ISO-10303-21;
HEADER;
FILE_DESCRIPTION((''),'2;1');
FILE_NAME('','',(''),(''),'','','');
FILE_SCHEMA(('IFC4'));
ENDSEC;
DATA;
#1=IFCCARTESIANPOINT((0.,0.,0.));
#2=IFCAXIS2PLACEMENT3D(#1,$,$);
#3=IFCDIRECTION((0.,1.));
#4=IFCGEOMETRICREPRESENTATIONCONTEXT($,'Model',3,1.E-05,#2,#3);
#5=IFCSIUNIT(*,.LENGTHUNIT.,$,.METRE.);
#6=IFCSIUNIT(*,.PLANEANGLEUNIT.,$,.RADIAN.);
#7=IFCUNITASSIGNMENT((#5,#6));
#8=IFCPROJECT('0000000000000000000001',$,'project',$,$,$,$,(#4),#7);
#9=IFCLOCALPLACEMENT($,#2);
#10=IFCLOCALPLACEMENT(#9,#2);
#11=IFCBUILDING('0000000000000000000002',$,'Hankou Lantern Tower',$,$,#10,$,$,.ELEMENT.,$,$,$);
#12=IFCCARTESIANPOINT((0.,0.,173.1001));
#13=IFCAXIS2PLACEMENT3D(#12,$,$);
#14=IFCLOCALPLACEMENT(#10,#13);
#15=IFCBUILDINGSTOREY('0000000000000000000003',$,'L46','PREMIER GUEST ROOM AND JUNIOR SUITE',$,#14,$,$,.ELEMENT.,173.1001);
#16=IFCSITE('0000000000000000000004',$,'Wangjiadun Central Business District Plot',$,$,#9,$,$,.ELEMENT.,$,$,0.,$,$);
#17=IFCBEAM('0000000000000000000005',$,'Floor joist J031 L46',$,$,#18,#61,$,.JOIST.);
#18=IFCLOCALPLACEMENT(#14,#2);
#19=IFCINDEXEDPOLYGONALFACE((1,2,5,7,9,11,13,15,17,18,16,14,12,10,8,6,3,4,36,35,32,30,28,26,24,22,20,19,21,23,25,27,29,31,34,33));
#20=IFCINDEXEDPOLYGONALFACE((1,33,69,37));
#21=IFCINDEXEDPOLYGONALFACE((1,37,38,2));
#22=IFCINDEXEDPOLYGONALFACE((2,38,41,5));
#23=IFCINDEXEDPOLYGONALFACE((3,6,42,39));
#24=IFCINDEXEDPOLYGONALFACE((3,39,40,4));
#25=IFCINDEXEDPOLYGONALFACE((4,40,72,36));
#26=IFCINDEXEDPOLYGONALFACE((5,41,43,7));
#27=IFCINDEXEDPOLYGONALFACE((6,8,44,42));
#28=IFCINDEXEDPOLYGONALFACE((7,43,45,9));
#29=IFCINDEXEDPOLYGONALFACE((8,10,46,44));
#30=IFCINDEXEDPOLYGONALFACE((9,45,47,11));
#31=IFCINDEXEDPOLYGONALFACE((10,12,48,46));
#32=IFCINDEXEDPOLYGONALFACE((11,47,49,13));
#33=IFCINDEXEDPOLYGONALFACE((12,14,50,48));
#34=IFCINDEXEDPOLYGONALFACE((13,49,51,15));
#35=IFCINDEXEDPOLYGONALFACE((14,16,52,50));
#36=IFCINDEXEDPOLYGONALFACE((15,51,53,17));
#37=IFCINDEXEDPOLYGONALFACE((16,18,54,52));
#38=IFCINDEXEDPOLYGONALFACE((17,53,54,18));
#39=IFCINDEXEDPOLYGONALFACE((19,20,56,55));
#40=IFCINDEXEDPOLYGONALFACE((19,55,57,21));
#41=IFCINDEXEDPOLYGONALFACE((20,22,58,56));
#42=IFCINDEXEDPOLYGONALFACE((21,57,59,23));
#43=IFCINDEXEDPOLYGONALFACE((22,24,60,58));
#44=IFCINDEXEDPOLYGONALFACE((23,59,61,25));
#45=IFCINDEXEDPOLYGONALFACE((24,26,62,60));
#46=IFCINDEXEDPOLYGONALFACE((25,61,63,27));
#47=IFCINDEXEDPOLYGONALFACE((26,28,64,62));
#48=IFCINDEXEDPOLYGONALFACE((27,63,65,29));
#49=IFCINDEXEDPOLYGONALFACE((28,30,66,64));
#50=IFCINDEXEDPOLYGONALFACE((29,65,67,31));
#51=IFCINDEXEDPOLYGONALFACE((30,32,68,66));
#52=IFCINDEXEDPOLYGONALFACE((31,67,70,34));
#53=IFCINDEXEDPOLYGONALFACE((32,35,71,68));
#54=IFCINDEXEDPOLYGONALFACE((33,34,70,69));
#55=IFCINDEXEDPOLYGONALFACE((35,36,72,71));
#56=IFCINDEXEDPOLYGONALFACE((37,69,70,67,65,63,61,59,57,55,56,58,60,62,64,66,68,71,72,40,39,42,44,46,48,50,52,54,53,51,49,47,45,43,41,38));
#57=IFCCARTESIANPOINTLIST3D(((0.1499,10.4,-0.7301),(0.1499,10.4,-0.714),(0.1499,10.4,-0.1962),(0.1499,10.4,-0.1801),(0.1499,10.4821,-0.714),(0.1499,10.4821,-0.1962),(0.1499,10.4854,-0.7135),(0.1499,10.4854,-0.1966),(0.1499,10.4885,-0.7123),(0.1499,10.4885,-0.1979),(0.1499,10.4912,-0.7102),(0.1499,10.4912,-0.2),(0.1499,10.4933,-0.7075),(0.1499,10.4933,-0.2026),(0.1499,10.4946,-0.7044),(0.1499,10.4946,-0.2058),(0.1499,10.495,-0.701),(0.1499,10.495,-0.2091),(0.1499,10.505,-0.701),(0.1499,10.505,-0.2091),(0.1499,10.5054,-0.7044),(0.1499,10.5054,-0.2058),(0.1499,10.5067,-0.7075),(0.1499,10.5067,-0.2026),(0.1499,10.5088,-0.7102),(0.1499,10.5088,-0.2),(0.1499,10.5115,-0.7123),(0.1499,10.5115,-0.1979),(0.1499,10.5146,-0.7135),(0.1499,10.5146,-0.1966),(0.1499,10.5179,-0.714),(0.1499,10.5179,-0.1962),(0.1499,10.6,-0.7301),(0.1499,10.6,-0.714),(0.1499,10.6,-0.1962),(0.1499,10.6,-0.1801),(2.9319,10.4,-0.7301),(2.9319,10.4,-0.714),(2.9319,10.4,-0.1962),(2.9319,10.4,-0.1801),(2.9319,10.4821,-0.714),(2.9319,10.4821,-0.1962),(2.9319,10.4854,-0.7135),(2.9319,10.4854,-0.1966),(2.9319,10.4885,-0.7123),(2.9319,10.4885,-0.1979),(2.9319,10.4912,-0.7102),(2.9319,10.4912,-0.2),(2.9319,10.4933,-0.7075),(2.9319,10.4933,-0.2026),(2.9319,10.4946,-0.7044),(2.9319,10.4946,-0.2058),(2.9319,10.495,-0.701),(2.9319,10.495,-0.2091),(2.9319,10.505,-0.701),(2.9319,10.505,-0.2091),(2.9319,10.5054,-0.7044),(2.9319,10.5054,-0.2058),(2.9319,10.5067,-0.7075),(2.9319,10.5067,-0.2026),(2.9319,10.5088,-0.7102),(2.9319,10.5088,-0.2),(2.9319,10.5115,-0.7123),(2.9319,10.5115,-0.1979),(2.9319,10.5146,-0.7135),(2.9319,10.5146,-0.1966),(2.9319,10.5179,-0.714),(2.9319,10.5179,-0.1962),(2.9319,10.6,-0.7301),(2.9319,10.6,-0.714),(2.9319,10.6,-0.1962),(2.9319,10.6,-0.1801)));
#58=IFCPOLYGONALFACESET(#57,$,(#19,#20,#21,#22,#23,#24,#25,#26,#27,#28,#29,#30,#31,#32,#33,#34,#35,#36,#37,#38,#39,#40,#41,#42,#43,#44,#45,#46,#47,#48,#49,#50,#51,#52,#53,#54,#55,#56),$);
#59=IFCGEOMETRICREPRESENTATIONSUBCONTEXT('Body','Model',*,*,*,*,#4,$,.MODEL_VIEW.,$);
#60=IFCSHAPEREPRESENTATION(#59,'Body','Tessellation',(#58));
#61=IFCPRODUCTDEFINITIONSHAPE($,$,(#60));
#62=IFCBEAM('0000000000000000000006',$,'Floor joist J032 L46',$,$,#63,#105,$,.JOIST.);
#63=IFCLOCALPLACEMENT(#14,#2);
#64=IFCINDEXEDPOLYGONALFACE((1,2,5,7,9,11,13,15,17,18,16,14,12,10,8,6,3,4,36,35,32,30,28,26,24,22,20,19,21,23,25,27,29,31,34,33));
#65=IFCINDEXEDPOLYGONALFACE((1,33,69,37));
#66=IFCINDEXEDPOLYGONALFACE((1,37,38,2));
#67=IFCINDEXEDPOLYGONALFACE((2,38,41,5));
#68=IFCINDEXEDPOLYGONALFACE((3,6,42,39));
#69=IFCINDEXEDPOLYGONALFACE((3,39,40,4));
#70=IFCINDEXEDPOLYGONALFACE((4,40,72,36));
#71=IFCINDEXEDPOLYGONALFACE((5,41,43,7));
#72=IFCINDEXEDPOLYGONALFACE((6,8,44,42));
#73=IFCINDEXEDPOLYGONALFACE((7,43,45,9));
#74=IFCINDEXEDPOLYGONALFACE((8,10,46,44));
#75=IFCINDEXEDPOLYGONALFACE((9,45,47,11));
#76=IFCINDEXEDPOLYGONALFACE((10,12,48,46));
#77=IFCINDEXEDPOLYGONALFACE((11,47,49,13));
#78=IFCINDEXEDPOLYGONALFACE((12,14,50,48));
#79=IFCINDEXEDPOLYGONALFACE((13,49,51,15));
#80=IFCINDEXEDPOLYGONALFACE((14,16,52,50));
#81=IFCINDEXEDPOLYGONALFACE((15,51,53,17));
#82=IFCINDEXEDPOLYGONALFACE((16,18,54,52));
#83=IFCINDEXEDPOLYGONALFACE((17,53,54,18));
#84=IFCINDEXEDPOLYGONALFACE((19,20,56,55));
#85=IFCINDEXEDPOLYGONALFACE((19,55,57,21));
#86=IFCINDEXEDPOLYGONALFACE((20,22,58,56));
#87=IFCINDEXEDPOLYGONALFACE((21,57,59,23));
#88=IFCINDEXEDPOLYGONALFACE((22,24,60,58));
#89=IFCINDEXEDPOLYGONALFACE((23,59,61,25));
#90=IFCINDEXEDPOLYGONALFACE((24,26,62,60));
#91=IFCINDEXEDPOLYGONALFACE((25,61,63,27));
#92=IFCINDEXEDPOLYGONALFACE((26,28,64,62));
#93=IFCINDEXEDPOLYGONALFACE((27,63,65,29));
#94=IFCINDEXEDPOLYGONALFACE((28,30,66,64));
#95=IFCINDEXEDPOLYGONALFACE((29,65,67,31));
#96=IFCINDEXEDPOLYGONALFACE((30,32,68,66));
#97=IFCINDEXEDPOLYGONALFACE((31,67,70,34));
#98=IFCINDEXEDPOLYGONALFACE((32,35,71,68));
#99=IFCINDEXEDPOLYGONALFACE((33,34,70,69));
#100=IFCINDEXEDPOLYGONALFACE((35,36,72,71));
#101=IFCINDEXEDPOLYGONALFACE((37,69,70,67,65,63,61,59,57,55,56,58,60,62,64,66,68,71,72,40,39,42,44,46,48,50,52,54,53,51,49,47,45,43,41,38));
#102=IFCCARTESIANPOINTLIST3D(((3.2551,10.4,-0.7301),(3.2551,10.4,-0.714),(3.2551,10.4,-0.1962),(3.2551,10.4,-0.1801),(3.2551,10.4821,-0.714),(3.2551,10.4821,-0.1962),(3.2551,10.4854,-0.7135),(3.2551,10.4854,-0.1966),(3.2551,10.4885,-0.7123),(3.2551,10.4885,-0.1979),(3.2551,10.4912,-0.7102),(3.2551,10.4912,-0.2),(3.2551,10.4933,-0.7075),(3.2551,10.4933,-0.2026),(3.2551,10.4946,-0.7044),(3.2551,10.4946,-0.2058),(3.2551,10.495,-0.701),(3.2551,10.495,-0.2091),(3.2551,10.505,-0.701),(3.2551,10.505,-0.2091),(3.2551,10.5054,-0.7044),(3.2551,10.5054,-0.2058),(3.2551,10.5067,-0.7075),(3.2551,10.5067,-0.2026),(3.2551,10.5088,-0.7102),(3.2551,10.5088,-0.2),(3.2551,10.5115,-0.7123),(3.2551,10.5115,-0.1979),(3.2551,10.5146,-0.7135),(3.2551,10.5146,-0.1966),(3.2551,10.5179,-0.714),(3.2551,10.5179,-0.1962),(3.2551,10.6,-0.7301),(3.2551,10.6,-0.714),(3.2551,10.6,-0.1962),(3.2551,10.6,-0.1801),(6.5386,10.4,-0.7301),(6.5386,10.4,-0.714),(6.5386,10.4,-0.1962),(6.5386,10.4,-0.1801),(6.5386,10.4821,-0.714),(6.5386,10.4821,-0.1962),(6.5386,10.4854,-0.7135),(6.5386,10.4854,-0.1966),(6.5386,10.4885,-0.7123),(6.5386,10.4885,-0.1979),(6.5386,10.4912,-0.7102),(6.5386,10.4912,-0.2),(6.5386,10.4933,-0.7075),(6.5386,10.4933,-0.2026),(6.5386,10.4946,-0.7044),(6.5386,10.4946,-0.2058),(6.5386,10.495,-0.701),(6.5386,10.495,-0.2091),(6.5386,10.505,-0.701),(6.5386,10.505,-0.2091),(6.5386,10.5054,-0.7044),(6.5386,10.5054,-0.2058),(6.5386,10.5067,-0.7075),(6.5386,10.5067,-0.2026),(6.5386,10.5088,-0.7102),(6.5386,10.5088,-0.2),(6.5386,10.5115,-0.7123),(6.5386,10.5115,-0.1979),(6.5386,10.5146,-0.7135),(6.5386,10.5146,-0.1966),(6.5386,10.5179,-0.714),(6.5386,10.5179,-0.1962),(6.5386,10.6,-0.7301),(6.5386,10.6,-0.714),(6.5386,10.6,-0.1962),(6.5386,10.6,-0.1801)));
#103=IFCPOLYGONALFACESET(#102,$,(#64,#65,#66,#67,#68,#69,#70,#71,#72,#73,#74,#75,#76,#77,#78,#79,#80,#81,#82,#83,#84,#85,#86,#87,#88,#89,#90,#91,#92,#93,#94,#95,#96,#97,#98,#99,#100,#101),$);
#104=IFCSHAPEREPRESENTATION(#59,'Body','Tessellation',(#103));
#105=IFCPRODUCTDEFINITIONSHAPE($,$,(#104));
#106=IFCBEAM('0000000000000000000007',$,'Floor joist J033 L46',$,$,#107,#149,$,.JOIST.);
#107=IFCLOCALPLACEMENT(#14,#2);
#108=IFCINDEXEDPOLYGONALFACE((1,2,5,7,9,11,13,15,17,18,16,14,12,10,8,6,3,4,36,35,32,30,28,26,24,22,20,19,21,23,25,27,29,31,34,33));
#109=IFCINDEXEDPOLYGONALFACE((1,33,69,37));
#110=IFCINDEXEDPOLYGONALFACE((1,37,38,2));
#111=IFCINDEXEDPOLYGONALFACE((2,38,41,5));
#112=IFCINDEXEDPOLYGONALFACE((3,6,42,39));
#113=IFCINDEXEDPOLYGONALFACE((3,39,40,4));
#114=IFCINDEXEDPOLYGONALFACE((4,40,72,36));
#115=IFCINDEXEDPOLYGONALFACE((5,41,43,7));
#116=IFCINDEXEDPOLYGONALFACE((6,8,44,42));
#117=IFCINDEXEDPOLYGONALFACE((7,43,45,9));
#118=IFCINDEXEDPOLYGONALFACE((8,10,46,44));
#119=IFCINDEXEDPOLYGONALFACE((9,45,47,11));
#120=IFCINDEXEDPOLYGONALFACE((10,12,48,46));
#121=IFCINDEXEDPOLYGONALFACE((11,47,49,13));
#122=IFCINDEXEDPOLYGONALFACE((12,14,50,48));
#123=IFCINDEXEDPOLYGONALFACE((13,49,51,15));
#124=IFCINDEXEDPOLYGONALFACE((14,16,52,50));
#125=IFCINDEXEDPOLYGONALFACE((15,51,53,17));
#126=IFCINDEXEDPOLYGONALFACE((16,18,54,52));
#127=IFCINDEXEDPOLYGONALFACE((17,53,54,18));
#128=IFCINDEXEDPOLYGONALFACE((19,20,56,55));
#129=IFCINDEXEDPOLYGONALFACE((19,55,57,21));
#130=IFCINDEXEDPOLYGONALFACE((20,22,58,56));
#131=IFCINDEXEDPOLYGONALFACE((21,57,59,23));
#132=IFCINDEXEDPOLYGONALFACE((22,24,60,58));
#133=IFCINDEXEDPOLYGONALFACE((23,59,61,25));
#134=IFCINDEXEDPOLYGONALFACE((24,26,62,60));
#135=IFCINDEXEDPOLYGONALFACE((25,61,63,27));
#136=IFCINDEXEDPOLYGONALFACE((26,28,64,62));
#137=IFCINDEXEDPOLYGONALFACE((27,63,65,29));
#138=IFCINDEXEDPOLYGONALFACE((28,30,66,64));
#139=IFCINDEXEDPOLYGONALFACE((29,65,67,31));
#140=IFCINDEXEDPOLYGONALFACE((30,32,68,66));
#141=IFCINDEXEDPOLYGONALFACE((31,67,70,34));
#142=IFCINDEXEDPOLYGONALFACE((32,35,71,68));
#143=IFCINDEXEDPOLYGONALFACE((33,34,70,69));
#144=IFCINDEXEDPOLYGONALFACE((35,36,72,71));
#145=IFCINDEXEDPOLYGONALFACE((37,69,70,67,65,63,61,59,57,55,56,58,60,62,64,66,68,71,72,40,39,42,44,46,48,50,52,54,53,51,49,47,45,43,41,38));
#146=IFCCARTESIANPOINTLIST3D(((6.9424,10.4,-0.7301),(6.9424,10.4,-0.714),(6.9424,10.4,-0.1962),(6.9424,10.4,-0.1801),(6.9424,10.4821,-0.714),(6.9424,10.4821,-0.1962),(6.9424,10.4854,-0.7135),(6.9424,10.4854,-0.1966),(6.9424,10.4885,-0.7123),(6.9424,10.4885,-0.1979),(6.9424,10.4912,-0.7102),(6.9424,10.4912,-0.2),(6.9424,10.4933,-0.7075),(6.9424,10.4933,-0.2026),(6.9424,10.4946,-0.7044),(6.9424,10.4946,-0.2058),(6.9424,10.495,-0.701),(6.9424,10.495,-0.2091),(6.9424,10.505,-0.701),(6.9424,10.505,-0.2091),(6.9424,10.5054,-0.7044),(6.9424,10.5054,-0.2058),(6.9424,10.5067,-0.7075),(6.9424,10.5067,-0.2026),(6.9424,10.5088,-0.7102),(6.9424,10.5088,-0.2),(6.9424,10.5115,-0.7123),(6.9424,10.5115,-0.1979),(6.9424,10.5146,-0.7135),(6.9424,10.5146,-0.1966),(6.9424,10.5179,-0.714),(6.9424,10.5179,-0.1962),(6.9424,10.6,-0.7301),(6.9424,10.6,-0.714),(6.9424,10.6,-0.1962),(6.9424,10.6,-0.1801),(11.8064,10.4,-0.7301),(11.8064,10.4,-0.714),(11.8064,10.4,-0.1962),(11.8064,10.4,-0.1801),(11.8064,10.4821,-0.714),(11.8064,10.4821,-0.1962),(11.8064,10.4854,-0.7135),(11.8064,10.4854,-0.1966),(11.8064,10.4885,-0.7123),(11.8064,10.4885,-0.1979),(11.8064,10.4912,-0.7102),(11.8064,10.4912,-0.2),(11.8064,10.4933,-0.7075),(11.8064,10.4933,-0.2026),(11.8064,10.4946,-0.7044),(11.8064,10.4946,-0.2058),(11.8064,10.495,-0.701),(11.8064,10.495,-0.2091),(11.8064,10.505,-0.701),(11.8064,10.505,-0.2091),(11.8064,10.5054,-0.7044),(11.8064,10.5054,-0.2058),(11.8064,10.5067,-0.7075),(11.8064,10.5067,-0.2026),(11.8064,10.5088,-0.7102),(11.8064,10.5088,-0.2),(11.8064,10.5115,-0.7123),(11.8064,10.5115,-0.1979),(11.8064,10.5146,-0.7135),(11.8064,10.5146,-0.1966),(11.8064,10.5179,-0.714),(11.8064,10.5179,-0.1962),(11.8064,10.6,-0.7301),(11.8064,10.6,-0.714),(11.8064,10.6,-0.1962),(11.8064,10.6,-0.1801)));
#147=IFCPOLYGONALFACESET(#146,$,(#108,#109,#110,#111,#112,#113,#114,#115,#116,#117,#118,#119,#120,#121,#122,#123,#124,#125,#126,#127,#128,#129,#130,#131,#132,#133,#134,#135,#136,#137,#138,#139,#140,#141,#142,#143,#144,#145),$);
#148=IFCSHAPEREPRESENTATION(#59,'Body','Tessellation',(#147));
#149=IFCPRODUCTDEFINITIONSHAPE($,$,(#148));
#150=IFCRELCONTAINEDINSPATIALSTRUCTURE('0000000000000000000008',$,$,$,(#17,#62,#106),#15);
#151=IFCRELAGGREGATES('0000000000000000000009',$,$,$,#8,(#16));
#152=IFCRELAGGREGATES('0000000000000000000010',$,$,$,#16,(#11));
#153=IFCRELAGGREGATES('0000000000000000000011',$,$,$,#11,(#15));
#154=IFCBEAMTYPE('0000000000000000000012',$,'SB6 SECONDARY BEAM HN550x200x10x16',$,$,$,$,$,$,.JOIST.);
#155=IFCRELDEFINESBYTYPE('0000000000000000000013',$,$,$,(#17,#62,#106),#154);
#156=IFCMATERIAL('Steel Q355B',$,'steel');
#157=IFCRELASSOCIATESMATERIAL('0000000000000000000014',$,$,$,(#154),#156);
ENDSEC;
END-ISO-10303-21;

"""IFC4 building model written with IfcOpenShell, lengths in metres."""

from ifc_helpers import new_model, si_unit, direction, frame, origin, origin_2d, place, context, subcontext, project, spatial, i_section, extrude, material, material_profile, profile_set, type_object, element, save


model = new_model("IFC4")

# Units and contexts
model_context = context("Model", 3, precision=1e-05, world=origin(), true_north=direction((0.0, 1.0)))
body_context = subcontext(model_context, "Body", "Model", "MODEL_VIEW")
ifc_project = project(units=[si_unit("LENGTHUNIT", "METRE"), si_unit("PLANEANGLEUNIT", "RADIAN")], contexts=[model_context])

# Site, building, storey
site_placement = place(None, origin())
site = spatial("IfcSite", under=ifc_project, at=site_placement, Name="Wangjiadun Central Business District Plot", CompositionType="ELEMENT", RefElevation=0.0)
building_placement = place(site_placement, origin())
building = spatial("IfcBuilding", under=site, at=building_placement, Name="Hankou Lantern Tower", CompositionType="ELEMENT")
storey_placement = place(building_placement, frame((0.0, 0.0, 173.1001)))
storey = spatial("IfcBuildingStorey", under=building, at=storey_placement, Name="L46", Description="PREMIER GUEST ROOM AND JUNIOR SUITE", CompositionType="ELEMENT", Elevation=173.1001)

# Beams
ifc_material_1 = material(Name="Steel Q355B", Category="steel")
ifc_material_profile_1 = material_profile(ifc_material_1, i_section(OverallWidth=0.2, OverallDepth=0.55, WebThickness=0.01, FlangeThickness=0.0161, FilletRadius=0.0129, at=origin_2d()), Name="HN550x200x10x16")
ifc_profile_set_1 = profile_set([ifc_material_profile_1], Name="Steel Q355B")
beam_type_1 = type_object("IfcBeamType", Name="SB6 SECONDARY BEAM HN550x200x10x16", PredefinedType="JOIST", material=ifc_profile_set_1)
beam_1_placement = place(storey_placement, frame((0.1499, 10.5, -0.4551), z_axis=(1.0, 0.0, 0.0), x_axis=(0.0, 1.0, 0.0)))
element("IfcBeam", 1, at=beam_1_placement, inside=storey, type_object=beam_type_1, Name="Floor joist J031 L46", PredefinedType="JOIST", context=body_context, shape_type="SweptSolid", body=[
    extrude(i_section(OverallWidth=0.2, OverallDepth=0.55, WebThickness=0.01, FlangeThickness=0.0161, FilletRadius=0.0129, at=origin_2d()), origin(), (0.0, 0.0, 1.0), 2.782),
])
beam_2_placement = place(storey_placement, frame((3.2551, 10.5, -0.4551), z_axis=(1.0, 0.0, 0.0), x_axis=(0.0, 1.0, 0.0)))
element("IfcBeam", 2, at=beam_2_placement, inside=storey, type_object=beam_type_1, Name="Floor joist J032 L46", PredefinedType="JOIST", context=body_context, shape_type="SweptSolid", body=[
    extrude(i_section(OverallWidth=0.2, OverallDepth=0.55, WebThickness=0.01, FlangeThickness=0.0161, FilletRadius=0.0129, at=origin_2d()), origin(), (0.0, 0.0, 1.0), 3.2834),
])
beam_3_placement = place(storey_placement, frame((6.9424, 10.5, -0.4551), z_axis=(1.0, 0.0, 0.0), x_axis=(0.0, 1.0, 0.0)))
element("IfcBeam", 3, at=beam_3_placement, inside=storey, type_object=beam_type_1, Name="Floor joist J033 L46", PredefinedType="JOIST", context=body_context, shape_type="SweptSolid", body=[
    extrude(i_section(OverallWidth=0.2, OverallDepth=0.55, WebThickness=0.01, FlangeThickness=0.0161, FilletRadius=0.0129, at=origin_2d()), origin(), (0.0, 0.0, 1.0), 4.864),
])

save(model, "model.ifc")
